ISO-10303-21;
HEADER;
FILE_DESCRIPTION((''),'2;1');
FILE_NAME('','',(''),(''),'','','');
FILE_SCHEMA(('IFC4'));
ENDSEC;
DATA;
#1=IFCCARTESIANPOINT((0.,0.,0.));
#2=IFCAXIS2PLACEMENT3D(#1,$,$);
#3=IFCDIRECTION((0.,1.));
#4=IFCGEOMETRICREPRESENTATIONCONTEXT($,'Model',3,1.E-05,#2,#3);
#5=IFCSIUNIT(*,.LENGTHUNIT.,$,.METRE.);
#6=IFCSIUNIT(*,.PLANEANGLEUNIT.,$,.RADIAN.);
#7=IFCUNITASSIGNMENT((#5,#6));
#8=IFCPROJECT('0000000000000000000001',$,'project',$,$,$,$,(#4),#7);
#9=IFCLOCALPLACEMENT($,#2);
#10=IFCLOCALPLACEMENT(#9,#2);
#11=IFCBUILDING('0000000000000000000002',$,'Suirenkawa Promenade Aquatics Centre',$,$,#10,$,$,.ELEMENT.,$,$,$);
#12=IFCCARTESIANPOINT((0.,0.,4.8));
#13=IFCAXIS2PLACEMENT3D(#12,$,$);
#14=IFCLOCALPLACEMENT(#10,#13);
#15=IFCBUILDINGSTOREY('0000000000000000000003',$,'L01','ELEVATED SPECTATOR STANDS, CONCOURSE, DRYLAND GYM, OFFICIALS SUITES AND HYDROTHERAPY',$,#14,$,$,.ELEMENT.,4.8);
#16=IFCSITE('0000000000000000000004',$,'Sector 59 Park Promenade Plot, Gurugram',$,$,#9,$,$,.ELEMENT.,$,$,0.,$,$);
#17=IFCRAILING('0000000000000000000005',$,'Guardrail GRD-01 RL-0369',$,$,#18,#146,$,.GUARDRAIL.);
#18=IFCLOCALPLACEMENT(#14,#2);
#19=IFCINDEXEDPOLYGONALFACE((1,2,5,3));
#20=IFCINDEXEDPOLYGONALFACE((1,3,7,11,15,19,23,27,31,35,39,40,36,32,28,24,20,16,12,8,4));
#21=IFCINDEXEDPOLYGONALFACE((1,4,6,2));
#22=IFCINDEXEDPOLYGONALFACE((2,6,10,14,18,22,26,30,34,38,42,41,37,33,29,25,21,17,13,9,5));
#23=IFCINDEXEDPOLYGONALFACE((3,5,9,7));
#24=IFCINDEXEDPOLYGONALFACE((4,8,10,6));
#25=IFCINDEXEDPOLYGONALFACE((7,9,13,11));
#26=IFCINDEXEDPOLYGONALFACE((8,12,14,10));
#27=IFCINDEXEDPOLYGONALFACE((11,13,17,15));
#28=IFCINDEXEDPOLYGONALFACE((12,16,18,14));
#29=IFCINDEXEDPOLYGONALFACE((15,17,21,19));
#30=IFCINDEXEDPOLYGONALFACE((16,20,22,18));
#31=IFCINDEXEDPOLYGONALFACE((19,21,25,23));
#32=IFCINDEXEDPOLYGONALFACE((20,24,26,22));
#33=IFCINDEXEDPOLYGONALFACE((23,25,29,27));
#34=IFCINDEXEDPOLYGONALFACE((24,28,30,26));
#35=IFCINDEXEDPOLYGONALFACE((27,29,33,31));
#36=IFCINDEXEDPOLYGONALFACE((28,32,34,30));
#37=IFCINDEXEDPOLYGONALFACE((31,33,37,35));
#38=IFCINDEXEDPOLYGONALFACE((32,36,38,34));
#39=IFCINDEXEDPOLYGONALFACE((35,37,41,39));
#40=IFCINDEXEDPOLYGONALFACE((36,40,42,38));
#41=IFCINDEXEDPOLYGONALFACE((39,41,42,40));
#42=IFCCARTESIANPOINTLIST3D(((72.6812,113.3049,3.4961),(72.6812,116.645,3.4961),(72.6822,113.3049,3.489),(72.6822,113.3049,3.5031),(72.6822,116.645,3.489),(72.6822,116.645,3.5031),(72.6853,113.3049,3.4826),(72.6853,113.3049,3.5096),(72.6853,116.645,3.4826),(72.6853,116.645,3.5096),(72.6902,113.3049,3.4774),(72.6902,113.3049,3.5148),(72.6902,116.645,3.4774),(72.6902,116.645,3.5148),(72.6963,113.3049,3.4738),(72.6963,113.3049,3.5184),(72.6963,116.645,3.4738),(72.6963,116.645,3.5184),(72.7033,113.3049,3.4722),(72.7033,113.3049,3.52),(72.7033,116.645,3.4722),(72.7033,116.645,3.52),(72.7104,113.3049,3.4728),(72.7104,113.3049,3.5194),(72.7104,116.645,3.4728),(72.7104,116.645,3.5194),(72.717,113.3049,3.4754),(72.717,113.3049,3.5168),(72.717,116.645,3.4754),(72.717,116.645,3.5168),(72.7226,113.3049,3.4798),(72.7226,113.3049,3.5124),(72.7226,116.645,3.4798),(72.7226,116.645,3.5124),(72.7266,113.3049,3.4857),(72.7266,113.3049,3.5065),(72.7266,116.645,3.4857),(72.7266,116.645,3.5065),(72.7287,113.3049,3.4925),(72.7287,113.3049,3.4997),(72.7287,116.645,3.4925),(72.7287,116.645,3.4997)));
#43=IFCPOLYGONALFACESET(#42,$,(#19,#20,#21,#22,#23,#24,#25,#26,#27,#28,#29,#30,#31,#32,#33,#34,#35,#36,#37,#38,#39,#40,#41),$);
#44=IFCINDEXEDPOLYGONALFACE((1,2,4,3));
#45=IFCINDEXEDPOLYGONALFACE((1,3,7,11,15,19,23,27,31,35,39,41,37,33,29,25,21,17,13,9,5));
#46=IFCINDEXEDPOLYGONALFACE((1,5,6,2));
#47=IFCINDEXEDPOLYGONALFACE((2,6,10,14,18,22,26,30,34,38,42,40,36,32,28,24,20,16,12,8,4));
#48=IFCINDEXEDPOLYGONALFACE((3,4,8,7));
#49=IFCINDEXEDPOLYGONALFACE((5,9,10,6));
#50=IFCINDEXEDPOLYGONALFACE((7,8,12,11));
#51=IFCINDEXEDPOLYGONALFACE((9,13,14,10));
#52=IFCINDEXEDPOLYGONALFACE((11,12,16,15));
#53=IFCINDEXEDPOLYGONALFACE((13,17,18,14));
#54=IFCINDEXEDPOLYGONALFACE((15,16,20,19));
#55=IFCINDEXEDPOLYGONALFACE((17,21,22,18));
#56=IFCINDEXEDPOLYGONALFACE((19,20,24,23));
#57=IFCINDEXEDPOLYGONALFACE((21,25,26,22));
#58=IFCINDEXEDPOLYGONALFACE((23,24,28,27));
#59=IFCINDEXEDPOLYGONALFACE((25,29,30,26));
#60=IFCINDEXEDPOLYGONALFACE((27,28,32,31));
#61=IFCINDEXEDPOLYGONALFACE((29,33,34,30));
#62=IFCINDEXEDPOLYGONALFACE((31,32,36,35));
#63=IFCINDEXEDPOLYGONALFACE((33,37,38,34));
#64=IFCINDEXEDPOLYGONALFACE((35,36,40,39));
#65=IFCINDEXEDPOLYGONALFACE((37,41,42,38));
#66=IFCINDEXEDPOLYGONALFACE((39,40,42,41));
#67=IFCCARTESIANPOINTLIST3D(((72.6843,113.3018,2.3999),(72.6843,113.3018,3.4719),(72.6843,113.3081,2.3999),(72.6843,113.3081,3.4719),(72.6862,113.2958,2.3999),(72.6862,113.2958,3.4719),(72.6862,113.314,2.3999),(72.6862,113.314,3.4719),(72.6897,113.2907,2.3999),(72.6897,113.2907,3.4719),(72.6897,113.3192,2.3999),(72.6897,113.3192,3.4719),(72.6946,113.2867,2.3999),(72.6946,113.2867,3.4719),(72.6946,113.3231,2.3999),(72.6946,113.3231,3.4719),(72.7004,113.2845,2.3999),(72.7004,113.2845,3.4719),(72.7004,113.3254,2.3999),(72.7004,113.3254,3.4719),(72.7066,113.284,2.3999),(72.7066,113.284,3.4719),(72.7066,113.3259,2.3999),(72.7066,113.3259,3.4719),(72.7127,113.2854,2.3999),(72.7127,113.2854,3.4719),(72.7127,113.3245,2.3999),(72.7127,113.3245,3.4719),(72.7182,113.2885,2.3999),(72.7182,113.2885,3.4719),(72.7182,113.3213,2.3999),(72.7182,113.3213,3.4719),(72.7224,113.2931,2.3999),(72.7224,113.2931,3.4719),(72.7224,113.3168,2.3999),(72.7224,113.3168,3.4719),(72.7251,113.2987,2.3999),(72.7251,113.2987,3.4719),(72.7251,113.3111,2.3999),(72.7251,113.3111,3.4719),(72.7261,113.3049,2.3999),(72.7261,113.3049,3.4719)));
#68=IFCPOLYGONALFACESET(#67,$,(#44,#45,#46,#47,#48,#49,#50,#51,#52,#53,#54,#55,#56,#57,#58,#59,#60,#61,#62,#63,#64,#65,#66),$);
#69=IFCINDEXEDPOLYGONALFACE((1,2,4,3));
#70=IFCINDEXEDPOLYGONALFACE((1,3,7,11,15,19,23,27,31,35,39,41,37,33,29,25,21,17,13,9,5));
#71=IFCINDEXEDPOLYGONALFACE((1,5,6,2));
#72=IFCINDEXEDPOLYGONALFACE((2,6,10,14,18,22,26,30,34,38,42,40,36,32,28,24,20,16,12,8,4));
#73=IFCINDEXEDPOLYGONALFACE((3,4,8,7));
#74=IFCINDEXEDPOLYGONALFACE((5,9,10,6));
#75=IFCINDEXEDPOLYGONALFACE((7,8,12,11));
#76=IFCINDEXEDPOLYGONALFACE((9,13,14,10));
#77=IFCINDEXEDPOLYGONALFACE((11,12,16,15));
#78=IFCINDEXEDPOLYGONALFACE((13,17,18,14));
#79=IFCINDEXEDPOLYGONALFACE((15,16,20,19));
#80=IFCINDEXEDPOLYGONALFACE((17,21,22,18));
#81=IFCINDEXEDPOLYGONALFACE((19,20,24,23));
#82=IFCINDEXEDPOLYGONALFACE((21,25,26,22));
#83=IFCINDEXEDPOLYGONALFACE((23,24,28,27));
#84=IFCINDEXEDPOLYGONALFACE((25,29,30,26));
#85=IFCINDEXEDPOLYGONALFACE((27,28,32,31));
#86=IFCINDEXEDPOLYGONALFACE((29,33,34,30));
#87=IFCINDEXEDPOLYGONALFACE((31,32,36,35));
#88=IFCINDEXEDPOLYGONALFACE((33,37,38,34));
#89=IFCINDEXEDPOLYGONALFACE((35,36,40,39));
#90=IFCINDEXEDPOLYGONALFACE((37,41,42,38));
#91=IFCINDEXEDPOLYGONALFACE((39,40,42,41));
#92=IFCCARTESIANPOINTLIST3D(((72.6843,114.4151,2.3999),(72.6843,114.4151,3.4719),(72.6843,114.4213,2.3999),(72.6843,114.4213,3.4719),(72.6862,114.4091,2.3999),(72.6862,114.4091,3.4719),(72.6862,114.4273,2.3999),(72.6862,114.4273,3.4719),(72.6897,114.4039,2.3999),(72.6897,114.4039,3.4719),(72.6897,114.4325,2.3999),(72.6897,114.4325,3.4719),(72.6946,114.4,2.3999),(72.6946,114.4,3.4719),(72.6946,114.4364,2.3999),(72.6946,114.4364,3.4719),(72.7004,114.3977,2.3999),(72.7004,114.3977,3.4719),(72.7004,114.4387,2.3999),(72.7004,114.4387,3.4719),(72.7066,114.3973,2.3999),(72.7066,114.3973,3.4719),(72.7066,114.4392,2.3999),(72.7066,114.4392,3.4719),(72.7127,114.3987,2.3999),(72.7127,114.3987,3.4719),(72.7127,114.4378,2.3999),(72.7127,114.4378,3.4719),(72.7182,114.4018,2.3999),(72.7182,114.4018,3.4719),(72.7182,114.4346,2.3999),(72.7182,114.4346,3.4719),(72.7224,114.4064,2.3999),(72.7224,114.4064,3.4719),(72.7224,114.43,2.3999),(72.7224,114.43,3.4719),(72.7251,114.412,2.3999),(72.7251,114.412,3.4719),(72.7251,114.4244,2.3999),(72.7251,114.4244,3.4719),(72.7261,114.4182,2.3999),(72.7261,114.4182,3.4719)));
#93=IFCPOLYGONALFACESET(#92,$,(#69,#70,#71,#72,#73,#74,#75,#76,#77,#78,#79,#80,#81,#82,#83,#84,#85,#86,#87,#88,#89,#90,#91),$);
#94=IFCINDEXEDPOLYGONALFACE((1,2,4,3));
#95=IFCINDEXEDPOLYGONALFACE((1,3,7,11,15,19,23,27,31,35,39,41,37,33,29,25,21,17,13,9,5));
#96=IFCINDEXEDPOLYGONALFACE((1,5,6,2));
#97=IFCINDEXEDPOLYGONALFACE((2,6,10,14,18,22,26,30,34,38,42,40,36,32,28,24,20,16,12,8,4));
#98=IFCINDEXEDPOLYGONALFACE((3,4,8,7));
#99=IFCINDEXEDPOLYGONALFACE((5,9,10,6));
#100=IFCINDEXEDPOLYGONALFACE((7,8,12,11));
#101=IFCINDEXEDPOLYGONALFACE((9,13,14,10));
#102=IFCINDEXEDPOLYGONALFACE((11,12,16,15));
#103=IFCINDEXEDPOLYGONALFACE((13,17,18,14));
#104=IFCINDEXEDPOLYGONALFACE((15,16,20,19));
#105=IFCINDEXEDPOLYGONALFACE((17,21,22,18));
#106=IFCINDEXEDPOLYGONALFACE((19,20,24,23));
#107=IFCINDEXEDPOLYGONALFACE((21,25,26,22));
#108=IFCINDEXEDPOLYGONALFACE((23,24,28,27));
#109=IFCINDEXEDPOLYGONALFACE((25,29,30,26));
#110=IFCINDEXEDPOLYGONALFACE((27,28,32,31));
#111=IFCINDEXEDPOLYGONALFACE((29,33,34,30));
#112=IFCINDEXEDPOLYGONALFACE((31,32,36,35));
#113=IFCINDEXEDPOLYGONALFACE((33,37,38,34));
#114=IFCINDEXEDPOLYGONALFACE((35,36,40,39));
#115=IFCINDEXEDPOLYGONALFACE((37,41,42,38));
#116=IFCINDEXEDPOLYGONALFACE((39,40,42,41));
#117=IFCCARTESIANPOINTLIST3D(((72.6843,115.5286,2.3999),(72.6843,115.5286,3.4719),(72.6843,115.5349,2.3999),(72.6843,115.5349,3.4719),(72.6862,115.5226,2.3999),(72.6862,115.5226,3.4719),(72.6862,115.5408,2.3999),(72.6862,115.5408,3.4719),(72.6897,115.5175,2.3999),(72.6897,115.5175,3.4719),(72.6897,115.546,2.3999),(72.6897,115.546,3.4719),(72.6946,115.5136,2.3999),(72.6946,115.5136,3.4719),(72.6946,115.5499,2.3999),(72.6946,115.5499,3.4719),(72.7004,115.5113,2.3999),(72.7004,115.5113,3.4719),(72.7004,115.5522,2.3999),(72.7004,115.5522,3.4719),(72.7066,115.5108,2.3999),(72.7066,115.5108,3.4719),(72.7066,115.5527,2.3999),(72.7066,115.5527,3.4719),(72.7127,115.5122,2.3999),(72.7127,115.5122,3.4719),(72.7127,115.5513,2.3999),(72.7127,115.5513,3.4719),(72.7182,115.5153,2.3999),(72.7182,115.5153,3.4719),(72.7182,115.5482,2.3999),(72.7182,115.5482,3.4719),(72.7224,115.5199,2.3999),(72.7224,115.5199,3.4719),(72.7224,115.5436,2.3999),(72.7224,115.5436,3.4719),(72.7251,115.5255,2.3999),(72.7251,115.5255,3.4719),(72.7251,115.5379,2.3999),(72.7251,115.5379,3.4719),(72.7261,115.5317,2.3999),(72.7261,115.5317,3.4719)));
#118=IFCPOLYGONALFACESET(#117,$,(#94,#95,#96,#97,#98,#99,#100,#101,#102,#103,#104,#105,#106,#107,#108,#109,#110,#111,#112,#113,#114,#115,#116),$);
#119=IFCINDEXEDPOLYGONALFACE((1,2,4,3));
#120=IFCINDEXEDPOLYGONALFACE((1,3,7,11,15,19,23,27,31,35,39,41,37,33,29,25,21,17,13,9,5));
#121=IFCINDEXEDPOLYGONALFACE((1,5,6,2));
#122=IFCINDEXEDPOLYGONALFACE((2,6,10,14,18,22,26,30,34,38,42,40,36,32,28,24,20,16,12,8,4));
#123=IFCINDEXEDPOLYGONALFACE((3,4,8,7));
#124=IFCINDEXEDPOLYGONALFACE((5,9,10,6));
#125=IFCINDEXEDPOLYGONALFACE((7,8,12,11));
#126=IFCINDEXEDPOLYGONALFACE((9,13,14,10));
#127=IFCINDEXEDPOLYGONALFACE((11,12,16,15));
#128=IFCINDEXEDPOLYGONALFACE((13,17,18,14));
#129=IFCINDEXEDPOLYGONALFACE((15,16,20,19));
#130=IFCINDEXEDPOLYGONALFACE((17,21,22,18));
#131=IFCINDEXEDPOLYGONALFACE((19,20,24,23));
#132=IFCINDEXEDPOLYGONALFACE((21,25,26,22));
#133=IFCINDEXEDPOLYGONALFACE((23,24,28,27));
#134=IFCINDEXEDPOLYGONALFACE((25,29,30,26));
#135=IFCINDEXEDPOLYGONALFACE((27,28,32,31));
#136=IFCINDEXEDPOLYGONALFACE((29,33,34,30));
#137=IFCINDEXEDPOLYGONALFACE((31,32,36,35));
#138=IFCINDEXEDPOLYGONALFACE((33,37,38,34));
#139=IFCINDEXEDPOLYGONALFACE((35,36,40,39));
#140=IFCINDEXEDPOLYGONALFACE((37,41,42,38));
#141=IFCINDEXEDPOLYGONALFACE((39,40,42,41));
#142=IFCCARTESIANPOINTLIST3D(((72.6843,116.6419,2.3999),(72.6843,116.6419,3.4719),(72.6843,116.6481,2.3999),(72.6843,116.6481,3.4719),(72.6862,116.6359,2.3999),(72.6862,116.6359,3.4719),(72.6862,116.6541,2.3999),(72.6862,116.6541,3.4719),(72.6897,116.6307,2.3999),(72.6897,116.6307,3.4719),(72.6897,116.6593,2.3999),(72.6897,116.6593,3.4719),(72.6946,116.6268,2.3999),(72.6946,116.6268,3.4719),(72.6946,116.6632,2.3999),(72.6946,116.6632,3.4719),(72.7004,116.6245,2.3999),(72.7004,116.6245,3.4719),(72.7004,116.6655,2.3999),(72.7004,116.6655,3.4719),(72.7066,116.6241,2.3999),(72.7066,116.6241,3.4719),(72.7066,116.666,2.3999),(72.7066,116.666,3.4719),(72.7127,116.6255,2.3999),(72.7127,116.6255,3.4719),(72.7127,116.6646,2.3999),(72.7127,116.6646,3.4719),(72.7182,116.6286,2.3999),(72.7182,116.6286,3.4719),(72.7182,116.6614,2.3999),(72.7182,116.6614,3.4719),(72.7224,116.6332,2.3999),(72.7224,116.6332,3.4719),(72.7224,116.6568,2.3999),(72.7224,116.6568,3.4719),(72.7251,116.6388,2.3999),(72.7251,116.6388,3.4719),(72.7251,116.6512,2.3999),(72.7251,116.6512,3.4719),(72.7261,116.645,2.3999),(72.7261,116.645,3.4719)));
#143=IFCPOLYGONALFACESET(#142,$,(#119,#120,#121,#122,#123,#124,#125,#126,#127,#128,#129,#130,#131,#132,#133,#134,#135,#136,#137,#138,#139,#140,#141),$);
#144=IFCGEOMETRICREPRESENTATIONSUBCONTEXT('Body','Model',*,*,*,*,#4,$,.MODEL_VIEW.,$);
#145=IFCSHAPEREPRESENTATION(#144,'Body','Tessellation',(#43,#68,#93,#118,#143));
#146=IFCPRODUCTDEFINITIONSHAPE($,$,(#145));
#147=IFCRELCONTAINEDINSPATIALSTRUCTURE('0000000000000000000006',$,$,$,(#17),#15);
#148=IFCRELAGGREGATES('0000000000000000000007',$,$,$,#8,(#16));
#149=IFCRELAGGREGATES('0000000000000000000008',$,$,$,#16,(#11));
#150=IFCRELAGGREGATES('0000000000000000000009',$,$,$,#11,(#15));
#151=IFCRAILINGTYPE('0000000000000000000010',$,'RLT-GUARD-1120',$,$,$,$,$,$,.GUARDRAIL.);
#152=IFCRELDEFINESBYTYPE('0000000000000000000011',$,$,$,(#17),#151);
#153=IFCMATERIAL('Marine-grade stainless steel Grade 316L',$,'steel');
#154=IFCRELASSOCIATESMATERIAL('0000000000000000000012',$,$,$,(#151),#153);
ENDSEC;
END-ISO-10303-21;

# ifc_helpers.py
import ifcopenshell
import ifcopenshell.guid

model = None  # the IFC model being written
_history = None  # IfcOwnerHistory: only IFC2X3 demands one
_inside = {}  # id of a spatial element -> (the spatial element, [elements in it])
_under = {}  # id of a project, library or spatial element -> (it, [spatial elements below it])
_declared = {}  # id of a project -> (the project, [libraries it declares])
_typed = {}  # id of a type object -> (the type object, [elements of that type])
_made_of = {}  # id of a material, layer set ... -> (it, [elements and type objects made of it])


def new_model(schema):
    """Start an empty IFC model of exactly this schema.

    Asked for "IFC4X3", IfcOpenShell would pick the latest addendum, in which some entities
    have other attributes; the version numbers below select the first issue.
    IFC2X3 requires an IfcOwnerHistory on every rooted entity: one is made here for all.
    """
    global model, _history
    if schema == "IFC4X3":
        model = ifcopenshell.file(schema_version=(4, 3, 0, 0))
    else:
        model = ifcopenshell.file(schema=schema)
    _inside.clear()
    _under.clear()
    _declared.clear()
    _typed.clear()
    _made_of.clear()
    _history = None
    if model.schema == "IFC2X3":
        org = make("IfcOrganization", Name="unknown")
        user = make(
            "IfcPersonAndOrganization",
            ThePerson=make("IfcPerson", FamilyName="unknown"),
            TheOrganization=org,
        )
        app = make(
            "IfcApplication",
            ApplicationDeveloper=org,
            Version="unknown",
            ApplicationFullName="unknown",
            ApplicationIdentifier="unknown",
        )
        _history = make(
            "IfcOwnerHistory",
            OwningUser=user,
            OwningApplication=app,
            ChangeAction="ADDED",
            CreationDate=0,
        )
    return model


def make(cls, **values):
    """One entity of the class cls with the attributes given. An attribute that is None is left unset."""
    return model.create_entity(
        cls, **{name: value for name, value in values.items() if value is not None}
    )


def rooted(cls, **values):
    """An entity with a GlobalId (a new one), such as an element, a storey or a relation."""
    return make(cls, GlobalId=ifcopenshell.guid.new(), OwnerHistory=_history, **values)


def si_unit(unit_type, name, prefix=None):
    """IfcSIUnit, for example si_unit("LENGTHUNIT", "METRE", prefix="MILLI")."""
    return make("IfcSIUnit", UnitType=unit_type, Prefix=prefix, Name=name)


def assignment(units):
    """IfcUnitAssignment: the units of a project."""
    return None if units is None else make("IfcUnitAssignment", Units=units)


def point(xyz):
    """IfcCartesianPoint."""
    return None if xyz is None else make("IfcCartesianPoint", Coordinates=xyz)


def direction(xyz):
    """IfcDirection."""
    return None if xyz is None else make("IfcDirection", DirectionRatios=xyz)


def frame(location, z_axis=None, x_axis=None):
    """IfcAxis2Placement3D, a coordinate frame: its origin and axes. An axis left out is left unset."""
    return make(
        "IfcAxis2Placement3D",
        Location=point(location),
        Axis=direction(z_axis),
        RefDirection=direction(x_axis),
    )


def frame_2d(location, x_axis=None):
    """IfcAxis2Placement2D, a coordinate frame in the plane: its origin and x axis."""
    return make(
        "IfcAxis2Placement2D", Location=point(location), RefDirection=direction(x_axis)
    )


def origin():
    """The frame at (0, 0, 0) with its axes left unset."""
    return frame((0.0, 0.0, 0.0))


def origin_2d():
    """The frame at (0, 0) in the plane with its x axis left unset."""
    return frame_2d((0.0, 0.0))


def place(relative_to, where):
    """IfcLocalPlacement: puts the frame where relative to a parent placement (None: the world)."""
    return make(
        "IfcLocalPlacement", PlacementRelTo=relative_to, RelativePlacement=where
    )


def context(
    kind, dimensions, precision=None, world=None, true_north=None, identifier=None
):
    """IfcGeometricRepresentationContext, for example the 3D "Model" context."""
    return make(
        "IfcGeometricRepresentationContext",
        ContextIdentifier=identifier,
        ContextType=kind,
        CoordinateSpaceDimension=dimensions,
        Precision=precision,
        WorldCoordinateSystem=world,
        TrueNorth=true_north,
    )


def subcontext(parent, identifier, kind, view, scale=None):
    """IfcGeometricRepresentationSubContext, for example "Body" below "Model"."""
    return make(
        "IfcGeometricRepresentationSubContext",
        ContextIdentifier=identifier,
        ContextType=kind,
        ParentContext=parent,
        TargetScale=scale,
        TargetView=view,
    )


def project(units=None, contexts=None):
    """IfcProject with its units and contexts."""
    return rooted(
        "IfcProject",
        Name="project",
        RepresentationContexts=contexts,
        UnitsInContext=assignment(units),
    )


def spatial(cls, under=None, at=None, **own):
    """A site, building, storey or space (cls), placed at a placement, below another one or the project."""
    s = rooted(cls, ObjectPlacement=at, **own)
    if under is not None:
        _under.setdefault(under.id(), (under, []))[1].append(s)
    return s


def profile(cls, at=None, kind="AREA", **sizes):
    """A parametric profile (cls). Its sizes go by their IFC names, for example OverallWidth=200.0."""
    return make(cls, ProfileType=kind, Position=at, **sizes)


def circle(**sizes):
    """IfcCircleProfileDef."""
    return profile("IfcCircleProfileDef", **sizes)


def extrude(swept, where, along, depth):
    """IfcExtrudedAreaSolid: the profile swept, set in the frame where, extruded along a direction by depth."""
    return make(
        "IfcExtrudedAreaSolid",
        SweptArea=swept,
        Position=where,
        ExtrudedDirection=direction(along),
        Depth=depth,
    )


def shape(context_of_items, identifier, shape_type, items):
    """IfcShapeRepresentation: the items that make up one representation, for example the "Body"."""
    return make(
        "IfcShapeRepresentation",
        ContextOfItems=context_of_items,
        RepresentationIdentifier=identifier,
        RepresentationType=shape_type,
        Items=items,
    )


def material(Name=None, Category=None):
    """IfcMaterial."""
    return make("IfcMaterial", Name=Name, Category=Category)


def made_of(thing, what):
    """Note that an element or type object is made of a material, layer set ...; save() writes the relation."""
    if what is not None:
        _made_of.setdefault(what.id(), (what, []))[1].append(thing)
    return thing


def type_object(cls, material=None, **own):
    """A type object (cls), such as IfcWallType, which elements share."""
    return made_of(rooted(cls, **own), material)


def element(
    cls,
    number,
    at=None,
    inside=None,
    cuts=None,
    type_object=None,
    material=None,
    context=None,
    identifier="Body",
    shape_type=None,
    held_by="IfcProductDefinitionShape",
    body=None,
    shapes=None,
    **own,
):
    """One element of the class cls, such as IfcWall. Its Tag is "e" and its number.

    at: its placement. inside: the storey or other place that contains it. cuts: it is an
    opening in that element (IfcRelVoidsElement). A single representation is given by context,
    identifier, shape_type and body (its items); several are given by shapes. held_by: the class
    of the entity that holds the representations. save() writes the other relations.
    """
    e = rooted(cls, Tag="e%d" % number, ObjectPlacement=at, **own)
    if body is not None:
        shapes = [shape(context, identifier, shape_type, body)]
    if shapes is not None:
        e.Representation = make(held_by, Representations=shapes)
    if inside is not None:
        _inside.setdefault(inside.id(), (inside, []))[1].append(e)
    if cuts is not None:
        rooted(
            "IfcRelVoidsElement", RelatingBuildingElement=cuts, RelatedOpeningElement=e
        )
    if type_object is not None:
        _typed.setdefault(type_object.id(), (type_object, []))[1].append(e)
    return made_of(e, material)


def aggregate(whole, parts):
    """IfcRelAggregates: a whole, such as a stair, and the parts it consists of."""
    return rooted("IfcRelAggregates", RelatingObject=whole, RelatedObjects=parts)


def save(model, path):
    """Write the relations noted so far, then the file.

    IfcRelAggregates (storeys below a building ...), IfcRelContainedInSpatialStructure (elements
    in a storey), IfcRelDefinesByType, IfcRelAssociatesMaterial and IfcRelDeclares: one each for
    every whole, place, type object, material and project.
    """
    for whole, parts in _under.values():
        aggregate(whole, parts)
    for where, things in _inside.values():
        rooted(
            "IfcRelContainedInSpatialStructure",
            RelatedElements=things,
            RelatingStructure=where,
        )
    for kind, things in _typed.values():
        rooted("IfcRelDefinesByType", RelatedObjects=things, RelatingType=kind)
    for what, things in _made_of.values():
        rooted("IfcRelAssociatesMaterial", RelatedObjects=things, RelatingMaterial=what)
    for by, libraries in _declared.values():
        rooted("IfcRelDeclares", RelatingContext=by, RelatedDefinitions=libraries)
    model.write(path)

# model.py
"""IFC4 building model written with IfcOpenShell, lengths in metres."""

from ifc_helpers import new_model, si_unit, direction, frame, origin, origin_2d, place, context, subcontext, project, spatial, circle, extrude, material, type_object, element, save


model = new_model("IFC4")

# Units and contexts
model_context = context("Model", 3, precision=1e-05, world=origin(), true_north=direction((0.0, 1.0)))
body_context = subcontext(model_context, "Body", "Model", "MODEL_VIEW")
ifc_project = project(units=[si_unit("LENGTHUNIT", "METRE"), si_unit("PLANEANGLEUNIT", "RADIAN")], contexts=[model_context])

# Site, building, storey
site_placement = place(None, origin())
site = spatial("IfcSite", under=ifc_project, at=site_placement, Name="Sector 59 Park Promenade Plot, Gurugram", CompositionType="ELEMENT", RefElevation=0.0)
building_placement = place(site_placement, origin())
building = spatial("IfcBuilding", under=site, at=building_placement, Name="Suirenkawa Promenade Aquatics Centre", CompositionType="ELEMENT")
storey_placement = place(building_placement, frame((0.0, 0.0, 4.8)))
storey = spatial("IfcBuildingStorey", under=building, at=storey_placement, Name="L01", Description="ELEVATED SPECTATOR STANDS, CONCOURSE, DRYLAND GYM, OFFICIALS SUITES AND HYDROTHERAPY", CompositionType="ELEMENT", Elevation=4.8)

# Shared definitions
ifc_material_1 = material(Name="Marine-grade stainless steel Grade 316L", Category="steel")

# Railing
railing_type_1 = type_object("IfcRailingType", Name="RLT-GUARD-1120", PredefinedType="GUARDRAIL", material=ifc_material_1)
railing_1_placement = place(storey_placement, frame((72.7051, 113.3049, 2.3999)))
element("IfcRailing", 1, at=railing_1_placement, inside=storey, type_object=railing_type_1, Name="Guardrail GRD-01 RL-0369", PredefinedType="GUARDRAIL", context=body_context, shape_type="SweptSolid", body=[
    extrude(circle(Radius=0.0239, at=origin_2d()), frame((0.0, 0.0, 1.0962), z_axis=(0.0, 1.0, 0.0), x_axis=(-1.0, 0.0, 0.0)), (0.0, 0.0, 1.0), 3.3401),
    extrude(circle(Radius=0.021, at=origin_2d()), origin(), (0.0, 0.0, 1.0), 1.072),
    extrude(circle(Radius=0.021, at=origin_2d()), frame((0.0, 1.1133, 0.0)), (0.0, 0.0, 1.0), 1.072),
    extrude(circle(Radius=0.021, at=origin_2d()), frame((0.0, 2.2268, 0.0)), (0.0, 0.0, 1.0), 1.072),
    extrude(circle(Radius=0.021, at=origin_2d()), frame((0.0, 3.3401, 0.0)), (0.0, 0.0, 1.0), 1.072),
])

save(model, "model.ifc")
